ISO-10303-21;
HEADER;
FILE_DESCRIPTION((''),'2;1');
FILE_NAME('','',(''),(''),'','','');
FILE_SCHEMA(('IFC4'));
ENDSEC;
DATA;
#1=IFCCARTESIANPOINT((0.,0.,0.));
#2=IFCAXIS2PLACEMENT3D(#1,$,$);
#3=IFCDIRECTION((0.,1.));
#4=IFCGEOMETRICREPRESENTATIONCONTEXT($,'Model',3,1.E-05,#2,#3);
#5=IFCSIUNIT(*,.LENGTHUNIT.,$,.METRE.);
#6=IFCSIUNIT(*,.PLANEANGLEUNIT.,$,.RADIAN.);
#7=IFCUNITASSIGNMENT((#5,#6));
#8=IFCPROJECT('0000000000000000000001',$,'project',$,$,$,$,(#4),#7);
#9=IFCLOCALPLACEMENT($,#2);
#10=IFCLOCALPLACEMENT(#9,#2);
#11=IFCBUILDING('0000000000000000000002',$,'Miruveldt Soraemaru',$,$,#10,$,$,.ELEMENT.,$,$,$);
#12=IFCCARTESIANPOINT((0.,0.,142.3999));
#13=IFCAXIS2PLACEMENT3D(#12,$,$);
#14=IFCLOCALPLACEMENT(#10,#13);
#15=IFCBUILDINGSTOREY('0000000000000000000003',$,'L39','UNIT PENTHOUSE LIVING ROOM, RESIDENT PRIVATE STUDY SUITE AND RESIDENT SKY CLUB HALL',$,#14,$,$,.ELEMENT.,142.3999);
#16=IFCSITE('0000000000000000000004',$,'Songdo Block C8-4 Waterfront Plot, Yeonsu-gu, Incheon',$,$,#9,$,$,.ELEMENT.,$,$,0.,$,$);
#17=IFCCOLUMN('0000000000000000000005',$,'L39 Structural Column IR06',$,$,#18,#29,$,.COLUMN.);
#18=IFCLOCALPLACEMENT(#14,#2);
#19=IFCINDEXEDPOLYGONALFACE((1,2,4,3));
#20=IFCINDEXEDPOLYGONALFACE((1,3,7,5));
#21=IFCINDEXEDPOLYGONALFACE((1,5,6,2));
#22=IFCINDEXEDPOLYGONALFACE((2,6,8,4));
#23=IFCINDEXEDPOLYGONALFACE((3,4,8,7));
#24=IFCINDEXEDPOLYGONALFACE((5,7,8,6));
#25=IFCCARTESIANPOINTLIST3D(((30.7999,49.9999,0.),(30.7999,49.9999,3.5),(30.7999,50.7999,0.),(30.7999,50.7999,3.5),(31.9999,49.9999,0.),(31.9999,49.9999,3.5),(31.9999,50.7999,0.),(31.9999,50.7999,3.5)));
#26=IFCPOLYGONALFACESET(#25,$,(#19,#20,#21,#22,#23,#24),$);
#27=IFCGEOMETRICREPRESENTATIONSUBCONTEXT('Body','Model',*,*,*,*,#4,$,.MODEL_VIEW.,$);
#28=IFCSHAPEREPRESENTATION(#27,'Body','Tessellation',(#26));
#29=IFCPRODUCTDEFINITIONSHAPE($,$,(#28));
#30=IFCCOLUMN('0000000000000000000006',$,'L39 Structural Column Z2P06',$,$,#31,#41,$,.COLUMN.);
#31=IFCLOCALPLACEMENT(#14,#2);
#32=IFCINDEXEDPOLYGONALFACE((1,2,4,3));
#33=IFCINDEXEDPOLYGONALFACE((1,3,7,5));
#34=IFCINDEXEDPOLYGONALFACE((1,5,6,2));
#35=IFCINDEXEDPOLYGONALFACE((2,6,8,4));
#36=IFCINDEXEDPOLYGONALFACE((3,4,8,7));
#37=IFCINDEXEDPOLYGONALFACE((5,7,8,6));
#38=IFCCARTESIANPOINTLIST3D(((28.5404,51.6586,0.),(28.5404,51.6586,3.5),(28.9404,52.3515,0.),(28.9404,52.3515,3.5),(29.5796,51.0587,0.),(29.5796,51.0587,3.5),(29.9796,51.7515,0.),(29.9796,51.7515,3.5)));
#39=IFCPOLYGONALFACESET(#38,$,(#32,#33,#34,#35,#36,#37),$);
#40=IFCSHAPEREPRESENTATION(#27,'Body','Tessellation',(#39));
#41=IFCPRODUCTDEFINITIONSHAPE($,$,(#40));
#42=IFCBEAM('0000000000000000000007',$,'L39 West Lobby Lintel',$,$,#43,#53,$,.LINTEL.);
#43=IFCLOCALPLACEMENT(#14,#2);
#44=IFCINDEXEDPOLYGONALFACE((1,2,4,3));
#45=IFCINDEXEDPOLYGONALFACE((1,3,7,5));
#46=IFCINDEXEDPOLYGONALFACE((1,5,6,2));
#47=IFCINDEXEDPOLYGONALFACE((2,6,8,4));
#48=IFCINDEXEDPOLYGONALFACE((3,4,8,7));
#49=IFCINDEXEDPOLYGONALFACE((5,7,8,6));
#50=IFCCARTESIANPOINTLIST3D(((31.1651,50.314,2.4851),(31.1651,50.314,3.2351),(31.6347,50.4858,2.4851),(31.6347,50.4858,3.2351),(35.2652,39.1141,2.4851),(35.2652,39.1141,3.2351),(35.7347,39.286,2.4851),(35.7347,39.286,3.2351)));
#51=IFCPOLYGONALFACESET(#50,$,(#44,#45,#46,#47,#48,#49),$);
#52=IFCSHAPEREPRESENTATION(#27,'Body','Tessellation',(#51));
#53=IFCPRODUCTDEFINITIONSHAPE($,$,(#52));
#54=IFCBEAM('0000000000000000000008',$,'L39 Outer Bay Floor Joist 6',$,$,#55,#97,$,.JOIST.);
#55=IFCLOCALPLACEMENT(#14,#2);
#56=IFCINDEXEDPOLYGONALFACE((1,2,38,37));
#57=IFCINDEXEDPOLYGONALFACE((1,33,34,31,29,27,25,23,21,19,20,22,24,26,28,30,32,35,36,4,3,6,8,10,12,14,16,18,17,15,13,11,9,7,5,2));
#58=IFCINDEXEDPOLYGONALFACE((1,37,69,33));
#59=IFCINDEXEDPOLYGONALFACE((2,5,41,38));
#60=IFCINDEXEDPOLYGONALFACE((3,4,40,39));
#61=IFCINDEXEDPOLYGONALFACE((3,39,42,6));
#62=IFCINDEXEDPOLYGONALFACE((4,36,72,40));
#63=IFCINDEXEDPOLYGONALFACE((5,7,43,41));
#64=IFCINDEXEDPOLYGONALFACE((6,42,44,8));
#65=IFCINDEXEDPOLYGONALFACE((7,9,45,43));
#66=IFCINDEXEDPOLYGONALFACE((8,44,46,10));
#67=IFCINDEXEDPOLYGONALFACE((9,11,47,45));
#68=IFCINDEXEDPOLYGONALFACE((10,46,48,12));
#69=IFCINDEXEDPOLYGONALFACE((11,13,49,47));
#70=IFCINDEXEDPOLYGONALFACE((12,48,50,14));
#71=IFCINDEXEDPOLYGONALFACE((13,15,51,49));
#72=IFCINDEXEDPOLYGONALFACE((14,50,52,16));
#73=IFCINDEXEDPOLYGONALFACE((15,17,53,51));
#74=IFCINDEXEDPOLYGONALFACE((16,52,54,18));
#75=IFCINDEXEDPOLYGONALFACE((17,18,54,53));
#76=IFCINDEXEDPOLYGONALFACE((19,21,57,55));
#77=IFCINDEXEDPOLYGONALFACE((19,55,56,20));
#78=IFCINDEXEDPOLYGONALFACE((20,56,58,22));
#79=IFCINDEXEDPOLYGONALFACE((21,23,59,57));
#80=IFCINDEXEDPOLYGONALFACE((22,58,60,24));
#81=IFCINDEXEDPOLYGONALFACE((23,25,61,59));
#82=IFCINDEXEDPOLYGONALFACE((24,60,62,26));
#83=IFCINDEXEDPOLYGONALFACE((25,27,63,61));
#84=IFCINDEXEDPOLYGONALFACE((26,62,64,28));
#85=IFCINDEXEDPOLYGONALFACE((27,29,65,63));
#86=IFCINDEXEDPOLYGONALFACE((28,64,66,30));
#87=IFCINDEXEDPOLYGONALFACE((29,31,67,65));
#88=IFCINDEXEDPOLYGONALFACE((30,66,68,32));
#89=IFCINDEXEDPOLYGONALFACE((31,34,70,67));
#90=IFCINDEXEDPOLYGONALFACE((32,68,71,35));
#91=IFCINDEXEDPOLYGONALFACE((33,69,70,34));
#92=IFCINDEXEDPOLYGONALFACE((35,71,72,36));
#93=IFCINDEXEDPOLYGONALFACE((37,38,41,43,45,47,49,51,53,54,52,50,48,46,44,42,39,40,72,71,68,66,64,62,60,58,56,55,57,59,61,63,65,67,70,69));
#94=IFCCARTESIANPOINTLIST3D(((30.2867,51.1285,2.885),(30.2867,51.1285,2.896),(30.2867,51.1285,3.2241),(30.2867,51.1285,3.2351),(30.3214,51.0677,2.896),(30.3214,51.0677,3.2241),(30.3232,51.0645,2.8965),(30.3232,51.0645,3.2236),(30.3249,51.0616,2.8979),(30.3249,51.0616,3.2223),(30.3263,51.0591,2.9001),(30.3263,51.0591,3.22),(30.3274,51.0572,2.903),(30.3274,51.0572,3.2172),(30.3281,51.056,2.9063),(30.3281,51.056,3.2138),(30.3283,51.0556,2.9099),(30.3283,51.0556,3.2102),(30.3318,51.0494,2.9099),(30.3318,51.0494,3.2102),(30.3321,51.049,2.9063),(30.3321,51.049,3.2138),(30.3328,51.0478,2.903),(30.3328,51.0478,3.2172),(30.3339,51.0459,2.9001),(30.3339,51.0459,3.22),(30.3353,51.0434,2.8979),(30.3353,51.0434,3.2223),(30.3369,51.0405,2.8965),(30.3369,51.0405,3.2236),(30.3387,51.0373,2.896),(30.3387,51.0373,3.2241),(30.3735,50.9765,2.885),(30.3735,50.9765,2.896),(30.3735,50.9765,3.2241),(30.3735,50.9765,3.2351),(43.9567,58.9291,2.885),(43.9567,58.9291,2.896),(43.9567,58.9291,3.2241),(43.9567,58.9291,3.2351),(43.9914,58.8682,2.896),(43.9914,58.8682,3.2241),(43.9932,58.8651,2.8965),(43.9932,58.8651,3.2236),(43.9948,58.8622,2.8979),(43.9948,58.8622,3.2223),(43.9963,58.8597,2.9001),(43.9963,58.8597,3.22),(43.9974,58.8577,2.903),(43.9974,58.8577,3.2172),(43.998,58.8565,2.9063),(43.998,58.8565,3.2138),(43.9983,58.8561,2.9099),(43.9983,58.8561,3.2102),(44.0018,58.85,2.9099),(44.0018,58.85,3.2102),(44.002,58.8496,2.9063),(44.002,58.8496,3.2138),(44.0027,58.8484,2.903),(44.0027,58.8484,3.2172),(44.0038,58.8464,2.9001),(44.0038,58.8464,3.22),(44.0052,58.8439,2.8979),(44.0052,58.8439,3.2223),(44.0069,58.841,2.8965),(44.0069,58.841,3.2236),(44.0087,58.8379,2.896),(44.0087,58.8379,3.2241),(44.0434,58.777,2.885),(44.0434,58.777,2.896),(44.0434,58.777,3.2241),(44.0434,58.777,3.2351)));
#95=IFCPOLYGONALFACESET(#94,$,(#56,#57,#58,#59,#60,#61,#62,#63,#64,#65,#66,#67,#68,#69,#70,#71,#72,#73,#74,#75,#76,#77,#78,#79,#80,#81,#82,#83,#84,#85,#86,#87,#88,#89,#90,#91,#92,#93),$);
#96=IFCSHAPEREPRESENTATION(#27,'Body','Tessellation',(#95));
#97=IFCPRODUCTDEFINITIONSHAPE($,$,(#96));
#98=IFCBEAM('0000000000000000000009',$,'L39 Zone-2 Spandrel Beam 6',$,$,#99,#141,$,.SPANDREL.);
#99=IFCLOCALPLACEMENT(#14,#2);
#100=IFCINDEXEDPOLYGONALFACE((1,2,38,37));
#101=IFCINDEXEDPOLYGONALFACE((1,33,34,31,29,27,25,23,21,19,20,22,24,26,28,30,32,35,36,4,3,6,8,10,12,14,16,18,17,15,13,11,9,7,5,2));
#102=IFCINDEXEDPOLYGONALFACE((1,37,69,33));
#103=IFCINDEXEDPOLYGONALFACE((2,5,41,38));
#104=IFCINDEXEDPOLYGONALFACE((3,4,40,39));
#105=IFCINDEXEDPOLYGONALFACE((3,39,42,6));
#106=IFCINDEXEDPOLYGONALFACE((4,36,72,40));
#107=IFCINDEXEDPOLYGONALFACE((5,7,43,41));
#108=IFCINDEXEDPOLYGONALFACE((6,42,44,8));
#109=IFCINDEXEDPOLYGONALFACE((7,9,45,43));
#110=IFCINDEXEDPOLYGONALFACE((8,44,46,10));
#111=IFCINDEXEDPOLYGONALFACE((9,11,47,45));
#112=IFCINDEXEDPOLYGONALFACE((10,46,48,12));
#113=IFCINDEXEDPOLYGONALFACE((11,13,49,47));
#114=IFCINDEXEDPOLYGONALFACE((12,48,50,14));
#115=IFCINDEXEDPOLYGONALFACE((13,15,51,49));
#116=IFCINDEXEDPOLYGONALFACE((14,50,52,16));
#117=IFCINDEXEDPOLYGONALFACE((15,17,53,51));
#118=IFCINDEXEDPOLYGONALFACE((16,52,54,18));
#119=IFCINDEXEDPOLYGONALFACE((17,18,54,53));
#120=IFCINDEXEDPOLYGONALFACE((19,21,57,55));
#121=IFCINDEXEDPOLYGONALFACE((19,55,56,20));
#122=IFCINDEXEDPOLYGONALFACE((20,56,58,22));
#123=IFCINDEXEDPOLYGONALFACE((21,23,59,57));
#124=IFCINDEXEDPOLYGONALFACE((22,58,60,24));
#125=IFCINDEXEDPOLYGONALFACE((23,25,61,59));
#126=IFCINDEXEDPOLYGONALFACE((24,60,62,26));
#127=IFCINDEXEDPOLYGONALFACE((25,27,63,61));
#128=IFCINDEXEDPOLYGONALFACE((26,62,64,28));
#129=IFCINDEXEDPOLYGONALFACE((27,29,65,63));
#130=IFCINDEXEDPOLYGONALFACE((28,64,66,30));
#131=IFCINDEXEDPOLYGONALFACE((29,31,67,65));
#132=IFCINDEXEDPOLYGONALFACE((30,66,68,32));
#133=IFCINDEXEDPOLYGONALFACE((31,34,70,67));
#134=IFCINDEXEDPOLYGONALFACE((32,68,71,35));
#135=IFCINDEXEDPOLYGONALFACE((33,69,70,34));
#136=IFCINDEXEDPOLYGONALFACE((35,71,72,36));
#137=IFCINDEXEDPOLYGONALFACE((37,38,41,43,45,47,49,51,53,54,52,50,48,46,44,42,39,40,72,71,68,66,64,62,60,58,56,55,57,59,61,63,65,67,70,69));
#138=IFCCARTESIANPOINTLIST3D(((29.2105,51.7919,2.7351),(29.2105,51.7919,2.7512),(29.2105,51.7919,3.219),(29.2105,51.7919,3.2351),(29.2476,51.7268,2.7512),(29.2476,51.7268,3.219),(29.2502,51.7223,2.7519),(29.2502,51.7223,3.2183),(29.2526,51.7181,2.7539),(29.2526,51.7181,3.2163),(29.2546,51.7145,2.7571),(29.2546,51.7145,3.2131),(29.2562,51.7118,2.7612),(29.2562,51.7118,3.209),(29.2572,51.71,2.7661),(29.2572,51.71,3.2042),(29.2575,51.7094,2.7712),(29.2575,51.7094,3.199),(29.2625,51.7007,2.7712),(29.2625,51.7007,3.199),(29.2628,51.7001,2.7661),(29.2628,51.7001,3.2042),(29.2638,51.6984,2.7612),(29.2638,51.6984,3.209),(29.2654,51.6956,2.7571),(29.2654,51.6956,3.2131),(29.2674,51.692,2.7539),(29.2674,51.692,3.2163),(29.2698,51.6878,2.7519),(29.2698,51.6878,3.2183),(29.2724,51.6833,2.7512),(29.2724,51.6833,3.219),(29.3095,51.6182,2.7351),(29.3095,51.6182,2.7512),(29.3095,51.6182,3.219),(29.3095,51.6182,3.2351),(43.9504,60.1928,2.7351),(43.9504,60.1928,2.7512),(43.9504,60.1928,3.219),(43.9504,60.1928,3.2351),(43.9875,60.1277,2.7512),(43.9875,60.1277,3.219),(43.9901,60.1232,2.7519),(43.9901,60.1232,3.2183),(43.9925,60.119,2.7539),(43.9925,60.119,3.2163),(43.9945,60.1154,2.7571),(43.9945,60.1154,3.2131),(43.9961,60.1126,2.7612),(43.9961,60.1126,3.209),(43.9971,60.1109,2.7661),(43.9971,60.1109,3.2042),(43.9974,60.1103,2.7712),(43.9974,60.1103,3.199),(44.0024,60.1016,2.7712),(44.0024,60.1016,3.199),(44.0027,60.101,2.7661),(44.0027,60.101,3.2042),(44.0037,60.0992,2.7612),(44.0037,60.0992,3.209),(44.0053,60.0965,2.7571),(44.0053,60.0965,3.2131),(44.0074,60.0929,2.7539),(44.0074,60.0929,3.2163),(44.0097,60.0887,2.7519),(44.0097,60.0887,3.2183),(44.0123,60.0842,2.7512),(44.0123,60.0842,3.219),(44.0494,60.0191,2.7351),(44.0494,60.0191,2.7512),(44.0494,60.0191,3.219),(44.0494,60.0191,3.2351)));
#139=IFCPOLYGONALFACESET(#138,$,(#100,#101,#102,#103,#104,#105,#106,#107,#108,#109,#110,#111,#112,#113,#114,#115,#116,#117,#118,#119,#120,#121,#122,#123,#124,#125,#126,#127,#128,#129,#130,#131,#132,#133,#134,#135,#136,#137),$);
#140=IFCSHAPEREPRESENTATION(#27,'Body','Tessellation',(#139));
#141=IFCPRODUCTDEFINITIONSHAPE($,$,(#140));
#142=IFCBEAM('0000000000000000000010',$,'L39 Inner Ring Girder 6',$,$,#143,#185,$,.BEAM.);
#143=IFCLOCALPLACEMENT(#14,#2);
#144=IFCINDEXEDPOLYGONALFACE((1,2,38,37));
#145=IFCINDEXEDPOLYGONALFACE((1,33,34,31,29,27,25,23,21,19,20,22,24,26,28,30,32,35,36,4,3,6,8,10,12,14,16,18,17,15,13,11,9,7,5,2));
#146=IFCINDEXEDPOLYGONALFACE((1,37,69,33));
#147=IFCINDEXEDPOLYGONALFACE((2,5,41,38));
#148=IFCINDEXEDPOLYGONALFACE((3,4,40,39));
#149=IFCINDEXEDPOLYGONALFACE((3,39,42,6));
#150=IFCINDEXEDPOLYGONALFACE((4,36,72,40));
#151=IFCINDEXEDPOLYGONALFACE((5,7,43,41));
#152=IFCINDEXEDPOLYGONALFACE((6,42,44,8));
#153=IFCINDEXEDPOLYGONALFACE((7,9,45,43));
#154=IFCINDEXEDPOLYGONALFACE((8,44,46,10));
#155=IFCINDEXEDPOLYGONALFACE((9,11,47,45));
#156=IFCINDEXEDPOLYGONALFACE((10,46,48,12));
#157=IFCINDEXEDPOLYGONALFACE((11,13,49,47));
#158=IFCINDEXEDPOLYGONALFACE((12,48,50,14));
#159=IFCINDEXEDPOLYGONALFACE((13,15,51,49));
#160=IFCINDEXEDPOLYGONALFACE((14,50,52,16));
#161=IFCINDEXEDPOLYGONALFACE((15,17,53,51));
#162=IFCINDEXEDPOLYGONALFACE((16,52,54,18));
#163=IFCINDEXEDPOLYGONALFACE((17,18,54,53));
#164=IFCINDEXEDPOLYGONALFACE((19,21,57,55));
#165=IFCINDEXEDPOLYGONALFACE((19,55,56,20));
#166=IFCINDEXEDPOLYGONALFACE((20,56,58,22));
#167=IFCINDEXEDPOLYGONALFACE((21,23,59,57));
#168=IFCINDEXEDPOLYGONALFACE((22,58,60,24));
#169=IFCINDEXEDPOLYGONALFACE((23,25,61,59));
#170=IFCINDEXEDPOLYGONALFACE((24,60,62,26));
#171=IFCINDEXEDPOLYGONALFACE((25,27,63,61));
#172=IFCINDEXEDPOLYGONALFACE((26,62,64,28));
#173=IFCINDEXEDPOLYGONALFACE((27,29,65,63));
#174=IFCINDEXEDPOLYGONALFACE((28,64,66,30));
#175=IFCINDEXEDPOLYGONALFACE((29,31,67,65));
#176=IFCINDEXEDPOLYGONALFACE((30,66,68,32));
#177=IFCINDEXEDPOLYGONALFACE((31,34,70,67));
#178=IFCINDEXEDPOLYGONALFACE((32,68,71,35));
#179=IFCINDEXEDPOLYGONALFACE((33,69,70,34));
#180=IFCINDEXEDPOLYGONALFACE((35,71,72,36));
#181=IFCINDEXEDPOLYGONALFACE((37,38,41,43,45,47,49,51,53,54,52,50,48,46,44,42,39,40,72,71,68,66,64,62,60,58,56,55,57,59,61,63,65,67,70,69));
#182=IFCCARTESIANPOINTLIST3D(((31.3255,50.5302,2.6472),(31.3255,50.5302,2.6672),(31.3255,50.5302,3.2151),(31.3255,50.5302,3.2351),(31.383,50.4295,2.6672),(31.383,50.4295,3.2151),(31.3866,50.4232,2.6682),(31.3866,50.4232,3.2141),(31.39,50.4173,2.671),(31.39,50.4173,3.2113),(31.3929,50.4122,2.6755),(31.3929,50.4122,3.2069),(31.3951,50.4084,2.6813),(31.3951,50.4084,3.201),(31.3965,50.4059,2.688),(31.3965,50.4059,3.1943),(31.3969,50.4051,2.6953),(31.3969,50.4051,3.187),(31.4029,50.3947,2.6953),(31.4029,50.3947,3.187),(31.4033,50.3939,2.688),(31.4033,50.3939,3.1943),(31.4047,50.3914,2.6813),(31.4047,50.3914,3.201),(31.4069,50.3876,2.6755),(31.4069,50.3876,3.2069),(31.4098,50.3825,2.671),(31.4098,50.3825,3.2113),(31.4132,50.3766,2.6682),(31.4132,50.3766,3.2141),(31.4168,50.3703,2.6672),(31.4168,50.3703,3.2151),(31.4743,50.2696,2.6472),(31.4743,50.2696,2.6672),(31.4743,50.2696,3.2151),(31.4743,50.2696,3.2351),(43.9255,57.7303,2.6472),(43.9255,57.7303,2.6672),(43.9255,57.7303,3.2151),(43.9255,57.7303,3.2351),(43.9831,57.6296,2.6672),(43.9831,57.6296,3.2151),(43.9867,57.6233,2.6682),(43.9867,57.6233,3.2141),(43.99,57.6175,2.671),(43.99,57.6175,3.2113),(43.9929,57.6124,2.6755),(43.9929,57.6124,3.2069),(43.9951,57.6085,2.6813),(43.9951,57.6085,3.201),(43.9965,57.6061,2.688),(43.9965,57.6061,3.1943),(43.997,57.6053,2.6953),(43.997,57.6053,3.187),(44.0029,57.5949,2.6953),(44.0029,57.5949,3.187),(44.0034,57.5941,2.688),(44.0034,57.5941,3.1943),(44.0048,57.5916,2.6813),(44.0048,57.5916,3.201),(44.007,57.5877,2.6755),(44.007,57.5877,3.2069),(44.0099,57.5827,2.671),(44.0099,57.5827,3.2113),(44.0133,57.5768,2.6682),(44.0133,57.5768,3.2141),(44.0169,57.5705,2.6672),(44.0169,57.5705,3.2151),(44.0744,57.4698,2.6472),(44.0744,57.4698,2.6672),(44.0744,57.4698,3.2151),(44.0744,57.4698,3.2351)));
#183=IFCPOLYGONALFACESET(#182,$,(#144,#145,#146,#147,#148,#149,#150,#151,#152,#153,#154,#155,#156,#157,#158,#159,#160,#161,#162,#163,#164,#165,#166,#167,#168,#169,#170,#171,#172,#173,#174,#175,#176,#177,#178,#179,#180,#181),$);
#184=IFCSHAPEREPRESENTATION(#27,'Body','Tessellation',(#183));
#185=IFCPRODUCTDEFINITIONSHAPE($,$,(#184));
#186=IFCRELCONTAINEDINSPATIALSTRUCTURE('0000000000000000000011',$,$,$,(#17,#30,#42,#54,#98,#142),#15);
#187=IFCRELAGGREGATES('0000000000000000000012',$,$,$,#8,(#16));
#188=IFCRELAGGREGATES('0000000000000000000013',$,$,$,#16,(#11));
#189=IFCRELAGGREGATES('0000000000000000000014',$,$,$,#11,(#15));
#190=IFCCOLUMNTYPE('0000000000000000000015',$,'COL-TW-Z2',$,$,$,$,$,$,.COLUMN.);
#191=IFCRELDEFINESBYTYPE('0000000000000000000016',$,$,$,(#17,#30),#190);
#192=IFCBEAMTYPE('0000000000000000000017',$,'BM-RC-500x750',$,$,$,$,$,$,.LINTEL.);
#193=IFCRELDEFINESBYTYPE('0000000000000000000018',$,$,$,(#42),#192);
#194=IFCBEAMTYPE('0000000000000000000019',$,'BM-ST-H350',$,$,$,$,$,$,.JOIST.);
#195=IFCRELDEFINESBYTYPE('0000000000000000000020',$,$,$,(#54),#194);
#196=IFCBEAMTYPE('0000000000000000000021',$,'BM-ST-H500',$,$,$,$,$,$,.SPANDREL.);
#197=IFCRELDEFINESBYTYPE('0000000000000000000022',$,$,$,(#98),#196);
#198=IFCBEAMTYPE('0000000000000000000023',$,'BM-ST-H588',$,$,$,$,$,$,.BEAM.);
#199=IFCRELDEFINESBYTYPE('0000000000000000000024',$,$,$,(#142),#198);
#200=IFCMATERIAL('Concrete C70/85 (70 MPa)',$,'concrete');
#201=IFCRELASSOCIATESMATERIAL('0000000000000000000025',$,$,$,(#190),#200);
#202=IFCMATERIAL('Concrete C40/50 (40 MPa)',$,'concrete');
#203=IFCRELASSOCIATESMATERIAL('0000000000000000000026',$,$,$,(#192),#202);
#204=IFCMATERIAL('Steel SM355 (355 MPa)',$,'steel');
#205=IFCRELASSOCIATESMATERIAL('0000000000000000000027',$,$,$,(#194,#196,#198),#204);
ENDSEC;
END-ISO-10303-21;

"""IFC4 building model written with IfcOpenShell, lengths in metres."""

from ifc_helpers import new_model, si_unit, direction, frame, origin, origin_2d, place, context, subcontext, project, spatial, rectangle, i_section, extrude, material, material_profile, profile_set, type_object, element, save


model = new_model("IFC4")

# Units and contexts
model_context = context("Model", 3, precision=1e-05, world=origin(), true_north=direction((0.0, 1.0)))
body_context = subcontext(model_context, "Body", "Model", "MODEL_VIEW")
ifc_project = project(units=[si_unit("LENGTHUNIT", "METRE"), si_unit("PLANEANGLEUNIT", "RADIAN")], contexts=[model_context])

# Site, building, storey
site_placement = place(None, origin())
site = spatial("IfcSite", under=ifc_project, at=site_placement, Name="Songdo Block C8-4 Waterfront Plot, Yeonsu-gu, Incheon", CompositionType="ELEMENT", RefElevation=0.0)
building_placement = place(site_placement, origin())
building = spatial("IfcBuilding", under=site, at=building_placement, Name="Miruveldt Soraemaru", CompositionType="ELEMENT")
storey_placement = place(building_placement, frame((0.0, 0.0, 142.3999)))
storey = spatial("IfcBuildingStorey", under=building, at=storey_placement, Name="L39", Description="UNIT PENTHOUSE LIVING ROOM, RESIDENT PRIVATE STUDY SUITE AND RESIDENT SKY CLUB HALL", CompositionType="ELEMENT", Elevation=142.3999)

# Columns
ifc_material_1 = material(Name="Concrete C70/85 (70 MPa)", Category="concrete")
ifc_material_profile_1 = material_profile(ifc_material_1, rectangle(XDim=1.2, YDim=0.8, at=origin_2d()), Name="Concrete C70/85 (70 MPa)", Category="concrete")
ifc_profile_set_1 = profile_set([ifc_material_profile_1], Name="Concrete C70/85 (70 MPa)")
column_type = type_object("IfcColumnType", Name="COL-TW-Z2", PredefinedType="COLUMN", material=ifc_profile_set_1)
for number, where, z_axis, x_axis, name in (
    (1, (31.3999, 50.3999, 0.0), (0.0, 0.0, 1.0), (1.0, 0.0, 0.0), "L39 Structural Column IR06"),
    (2, (29.26, 51.7051, 0.0), (0.0, 0.0, 1.0), (-0.866025, 0.5, 0.0), "L39 Structural Column Z2P06"),
):
    element("IfcColumn", number, at=place(storey_placement, frame(where, z_axis=z_axis, x_axis=x_axis)), inside=storey, type_object=column_type, Name=name, PredefinedType="COLUMN", context=body_context, shape_type="SweptSolid", body=[
        extrude(rectangle(XDim=1.2, YDim=0.8, at=origin_2d()), origin(), (0.0, 0.0, 1.0), 3.5),
    ])

# Beams
ifc_material_2 = material(Name="Concrete C40/50 (40 MPa)", Category="concrete")
ifc_material_profile_2 = material_profile(ifc_material_2, rectangle(XDim=0.5, YDim=0.75, at=origin_2d()), Name="Concrete C40/50 (40 MPa)", Category="concrete")
ifc_profile_set_2 = profile_set([ifc_material_profile_2], Name="Concrete C40/50 (40 MPa)")
beam_type_1 = type_object("IfcBeamType", Name="BM-RC-500x750", PredefinedType="LINTEL", material=ifc_profile_set_2)
beam_1_placement = place(storey_placement, frame((31.3999, 50.3999, 2.8601), z_axis=(0.34377, -0.939054, 0.0), x_axis=(0.939054, 0.34377, 0.0)))
element("IfcBeam", 3, at=beam_1_placement, inside=storey, type_object=beam_type_1, Name="L39 West Lobby Lintel", PredefinedType="LINTEL", context=body_context, shape_type="SweptSolid", body=[
    extrude(rectangle(XDim=0.5, YDim=0.75, at=origin_2d()), origin(), (0.0, 0.0, 1.0), 11.9268),
])
ifc_material_3 = material(Name="Steel SM355 (355 MPa)", Category="steel")
ifc_material_profile_3 = material_profile(ifc_material_3, i_section(OverallWidth=0.175, OverallDepth=0.3501, WebThickness=0.0071, FlangeThickness=0.011, FilletRadius=0.0139, at=origin_2d()), Name="Steel SM355 (355 MPa)", Category="steel")
ifc_profile_set_3 = profile_set([ifc_material_profile_3], Name="Steel SM355 (355 MPa)")
beam_type_2 = type_object("IfcBeamType", Name="BM-ST-H350", PredefinedType="JOIST", material=ifc_profile_set_3)
beam_2_placement = place(storey_placement, frame((30.3301, 51.0525, 3.0601), z_axis=(0.86854, 0.495619, 0.0), x_axis=(-0.495619, 0.86854, 0.0)))
element("IfcBeam", 4, at=beam_2_placement, inside=storey, type_object=beam_type_2, Name="L39 Outer Bay Floor Joist 6", PredefinedType="JOIST", context=body_context, shape_type="SweptSolid", body=[
    extrude(i_section(OverallWidth=0.175, OverallDepth=0.3501, WebThickness=0.0071, FlangeThickness=0.011, FilletRadius=0.0139, at=origin_2d()), origin(), (0.0, 0.0, 1.0), 15.739),
])
ifc_material_profile_4 = material_profile(ifc_material_3, i_section(OverallWidth=0.2, OverallDepth=0.5, WebThickness=0.01, FlangeThickness=0.0161, FilletRadius=0.02, at=origin_2d()), Name="Steel SM355 (355 MPa)", Category="steel")
ifc_profile_set_4 = profile_set([ifc_material_profile_4], Name="Steel SM355 (355 MPa)")
beam_type_3 = type_object("IfcBeamType", Name="BM-ST-H500", PredefinedType="SPANDREL", material=ifc_profile_set_4)
beam_3_placement = place(storey_placement, frame((29.26, 51.7051, 2.9851), z_axis=(0.8688, 0.495162, 0.0), x_axis=(-0.495162, 0.8688, 0.0)))
element("IfcBeam", 5, at=beam_3_placement, inside=storey, type_object=beam_type_3, Name="L39 Zone-2 Spandrel Beam 6", PredefinedType="SPANDREL", context=body_context, shape_type="SweptSolid", body=[
    extrude(i_section(OverallWidth=0.2, OverallDepth=0.5, WebThickness=0.01, FlangeThickness=0.0161, FilletRadius=0.02, at=origin_2d()), origin(), (0.0, 0.0, 1.0), 16.9658),
])
ifc_material_profile_5 = material_profile(ifc_material_3, i_section(OverallWidth=0.3, OverallDepth=0.5879, WebThickness=0.012, FlangeThickness=0.02, FilletRadius=0.0281, at=origin_2d()), Name="Steel SM355 (355 MPa)", Category="steel")
ifc_profile_set_5 = profile_set([ifc_material_profile_5], Name="Steel SM355 (355 MPa)")
beam_type_4 = type_object("IfcBeamType", Name="BM-ST-H588", PredefinedType="BEAM", material=ifc_profile_set_5)
beam_4_placement = place(storey_placement, frame((31.3999, 50.3999, 2.9412), z_axis=(0.868239, 0.496146, 0.0), x_axis=(-0.496146, 0.868239, 0.0)))
element("IfcBeam", 6, at=beam_4_placement, inside=storey, type_object=beam_type_4, Name="L39 Inner Ring Girder 6", PredefinedType="BEAM", context=body_context, shape_type="SweptSolid", body=[
    extrude(i_section(OverallWidth=0.3, OverallDepth=0.5879, WebThickness=0.012, FlangeThickness=0.02, FilletRadius=0.0281, at=origin_2d()), origin(), (0.0, 0.0, 1.0), 14.5122),
])

save(model, "model.ifc")
